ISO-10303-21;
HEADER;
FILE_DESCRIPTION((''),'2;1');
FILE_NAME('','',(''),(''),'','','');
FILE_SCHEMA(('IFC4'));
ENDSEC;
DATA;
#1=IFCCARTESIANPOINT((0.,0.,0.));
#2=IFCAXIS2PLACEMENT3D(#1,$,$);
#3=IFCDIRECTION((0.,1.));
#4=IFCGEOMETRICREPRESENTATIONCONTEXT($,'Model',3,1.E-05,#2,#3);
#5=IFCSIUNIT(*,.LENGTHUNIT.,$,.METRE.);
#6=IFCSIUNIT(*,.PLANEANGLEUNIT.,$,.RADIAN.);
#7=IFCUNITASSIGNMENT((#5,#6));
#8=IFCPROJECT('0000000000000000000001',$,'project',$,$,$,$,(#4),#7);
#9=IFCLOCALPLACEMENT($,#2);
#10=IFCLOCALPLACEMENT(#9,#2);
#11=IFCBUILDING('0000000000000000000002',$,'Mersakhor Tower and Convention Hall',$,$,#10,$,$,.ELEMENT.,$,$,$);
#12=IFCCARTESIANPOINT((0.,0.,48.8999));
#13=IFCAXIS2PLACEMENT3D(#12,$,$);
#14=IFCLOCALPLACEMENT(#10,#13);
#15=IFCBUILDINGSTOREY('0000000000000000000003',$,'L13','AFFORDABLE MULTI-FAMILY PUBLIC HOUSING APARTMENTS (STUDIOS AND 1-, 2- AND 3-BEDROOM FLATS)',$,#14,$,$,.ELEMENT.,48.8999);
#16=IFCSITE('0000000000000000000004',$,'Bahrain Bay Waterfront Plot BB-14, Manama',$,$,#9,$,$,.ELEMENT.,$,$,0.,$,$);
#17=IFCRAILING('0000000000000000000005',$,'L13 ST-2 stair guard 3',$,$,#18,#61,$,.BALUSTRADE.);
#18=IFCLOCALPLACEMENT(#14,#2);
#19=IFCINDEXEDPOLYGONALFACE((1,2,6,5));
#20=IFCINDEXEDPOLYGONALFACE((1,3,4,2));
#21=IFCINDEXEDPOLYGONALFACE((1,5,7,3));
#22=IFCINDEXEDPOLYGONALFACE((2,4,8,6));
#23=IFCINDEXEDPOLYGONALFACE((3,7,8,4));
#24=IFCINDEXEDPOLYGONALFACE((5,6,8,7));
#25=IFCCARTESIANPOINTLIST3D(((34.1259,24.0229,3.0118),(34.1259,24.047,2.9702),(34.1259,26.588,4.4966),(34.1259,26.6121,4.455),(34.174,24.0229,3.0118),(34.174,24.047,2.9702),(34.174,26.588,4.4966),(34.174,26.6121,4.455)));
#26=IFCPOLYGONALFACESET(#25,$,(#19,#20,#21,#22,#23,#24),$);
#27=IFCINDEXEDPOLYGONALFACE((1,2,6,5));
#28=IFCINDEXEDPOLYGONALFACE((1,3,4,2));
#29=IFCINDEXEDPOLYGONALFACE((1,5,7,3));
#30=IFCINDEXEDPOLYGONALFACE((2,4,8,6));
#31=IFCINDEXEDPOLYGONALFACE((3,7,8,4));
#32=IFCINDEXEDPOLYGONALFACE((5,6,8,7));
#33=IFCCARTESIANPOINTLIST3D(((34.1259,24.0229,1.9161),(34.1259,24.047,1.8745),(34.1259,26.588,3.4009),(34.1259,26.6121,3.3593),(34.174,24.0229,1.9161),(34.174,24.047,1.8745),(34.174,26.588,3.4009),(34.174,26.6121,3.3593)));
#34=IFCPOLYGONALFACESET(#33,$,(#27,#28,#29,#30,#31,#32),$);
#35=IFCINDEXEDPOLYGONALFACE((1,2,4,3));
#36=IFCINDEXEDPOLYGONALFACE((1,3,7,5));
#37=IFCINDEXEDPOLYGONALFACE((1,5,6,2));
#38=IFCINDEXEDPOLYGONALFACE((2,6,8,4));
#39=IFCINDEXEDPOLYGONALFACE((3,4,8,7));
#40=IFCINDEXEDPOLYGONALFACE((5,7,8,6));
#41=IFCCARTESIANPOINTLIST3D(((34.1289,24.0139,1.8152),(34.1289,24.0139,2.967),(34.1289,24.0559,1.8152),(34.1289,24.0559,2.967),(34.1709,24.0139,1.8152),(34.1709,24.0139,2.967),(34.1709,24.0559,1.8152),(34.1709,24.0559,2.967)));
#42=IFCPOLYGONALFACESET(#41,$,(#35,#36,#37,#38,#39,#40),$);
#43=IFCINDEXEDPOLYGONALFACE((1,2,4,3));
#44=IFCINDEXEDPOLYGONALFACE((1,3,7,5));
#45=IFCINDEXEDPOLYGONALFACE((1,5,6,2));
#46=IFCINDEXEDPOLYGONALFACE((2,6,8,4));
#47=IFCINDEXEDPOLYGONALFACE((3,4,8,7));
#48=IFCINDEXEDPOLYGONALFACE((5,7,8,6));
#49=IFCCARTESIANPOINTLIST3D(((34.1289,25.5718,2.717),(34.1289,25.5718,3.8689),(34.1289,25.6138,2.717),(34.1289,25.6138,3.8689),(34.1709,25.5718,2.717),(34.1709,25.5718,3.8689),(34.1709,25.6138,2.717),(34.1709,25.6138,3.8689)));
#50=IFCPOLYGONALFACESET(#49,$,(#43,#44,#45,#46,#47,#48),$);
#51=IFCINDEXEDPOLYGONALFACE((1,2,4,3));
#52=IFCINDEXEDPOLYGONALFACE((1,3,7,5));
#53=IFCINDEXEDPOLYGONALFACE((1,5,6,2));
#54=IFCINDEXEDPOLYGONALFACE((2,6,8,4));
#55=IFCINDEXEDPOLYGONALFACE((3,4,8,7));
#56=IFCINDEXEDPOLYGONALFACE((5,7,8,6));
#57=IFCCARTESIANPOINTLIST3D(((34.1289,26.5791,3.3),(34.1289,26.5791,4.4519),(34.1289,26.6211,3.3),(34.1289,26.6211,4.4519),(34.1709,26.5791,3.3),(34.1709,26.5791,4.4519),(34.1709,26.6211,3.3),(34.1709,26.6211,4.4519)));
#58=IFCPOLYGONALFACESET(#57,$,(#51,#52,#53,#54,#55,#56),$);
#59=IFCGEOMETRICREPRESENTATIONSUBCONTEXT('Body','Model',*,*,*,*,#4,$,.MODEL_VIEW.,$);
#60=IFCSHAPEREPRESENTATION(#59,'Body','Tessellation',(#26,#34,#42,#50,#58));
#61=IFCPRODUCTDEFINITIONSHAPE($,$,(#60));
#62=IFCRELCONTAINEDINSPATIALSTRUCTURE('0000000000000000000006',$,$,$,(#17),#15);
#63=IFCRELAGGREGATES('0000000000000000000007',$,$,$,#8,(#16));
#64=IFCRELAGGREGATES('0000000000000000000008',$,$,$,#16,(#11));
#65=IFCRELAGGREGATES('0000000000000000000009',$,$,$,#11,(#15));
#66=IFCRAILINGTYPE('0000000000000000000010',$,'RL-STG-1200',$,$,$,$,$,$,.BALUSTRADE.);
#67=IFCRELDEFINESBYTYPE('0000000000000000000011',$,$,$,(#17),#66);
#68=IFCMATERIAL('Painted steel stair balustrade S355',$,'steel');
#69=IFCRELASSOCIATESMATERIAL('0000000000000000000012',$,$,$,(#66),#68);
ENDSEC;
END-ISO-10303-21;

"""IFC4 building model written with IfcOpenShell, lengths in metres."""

from ifc_helpers import new_model, si_unit, direction, frame, origin, origin_2d, place, context, subcontext, project, spatial, rectangle, extrude, material, type_object, element, save


model = new_model("IFC4")

# Units and contexts
model_context = context("Model", 3, precision=1e-05, world=origin(), true_north=direction((0.0, 1.0)))
body_context = subcontext(model_context, "Body", "Model", "MODEL_VIEW")
ifc_project = project(units=[si_unit("LENGTHUNIT", "METRE"), si_unit("PLANEANGLEUNIT", "RADIAN")], contexts=[model_context])

# Site, building, storey
site_placement = place(None, origin())
site = spatial("IfcSite", under=ifc_project, at=site_placement, Name="Bahrain Bay Waterfront Plot BB-14, Manama", CompositionType="ELEMENT", RefElevation=0.0)
building_placement = place(site_placement, origin())
building = spatial("IfcBuilding", under=site, at=building_placement, Name="Mersakhor Tower and Convention Hall", CompositionType="ELEMENT")
storey_placement = place(building_placement, frame((0.0, 0.0, 48.8999)))
storey = spatial("IfcBuildingStorey", under=building, at=storey_placement, Name="L13", Description="AFFORDABLE MULTI-FAMILY PUBLIC HOUSING APARTMENTS (STUDIOS AND 1-, 2- AND 3-BEDROOM FLATS)", CompositionType="ELEMENT", Elevation=48.8999)

# Railing
ifc_material_1 = material(Name="Painted steel stair balustrade S355", Category="steel")
railing_type_1 = type_object("IfcRailingType", Name="RL-STG-1200", PredefinedType="BALUSTRADE", material=ifc_material_1)
railing_1_placement = place(storey_placement, frame((34.1499, 24.0349, 1.8152)))
element("IfcRailing", 1, at=railing_1_placement, inside=storey, type_object=railing_type_1, Name="L13 ST-2 stair guard 3", PredefinedType="BALUSTRADE", context=body_context, shape_type="SweptSolid", body=[
    extrude(rectangle(XDim=0.0481, YDim=0.0481, at=origin_2d()), frame((0.0, 0.0, 1.1758), z_axis=(0.0, 0.865462, 0.500975), x_axis=(-1.0, 0.0, 0.0)), (0.0, 0.0, 1.0), 2.9639),
    extrude(rectangle(XDim=0.0481, YDim=0.0481, at=origin_2d()), frame((0.0, 0.0, 0.0801), z_axis=(0.0, 0.865462, 0.500975), x_axis=(-1.0, 0.0, 0.0)), (0.0, 0.0, 1.0), 2.9639),
    extrude(rectangle(XDim=0.042, YDim=0.042, at=origin_2d()), origin(), (0.0, 0.0, 1.0), 1.1519),
    extrude(rectangle(XDim=0.042, YDim=0.042, at=origin_2d()), frame((0.0, 1.5579, 0.9019)), (0.0, 0.0, 1.0), 1.1519),
    extrude(rectangle(XDim=0.042, YDim=0.042, at=origin_2d()), frame((0.0, 2.5652, 1.4849)), (0.0, 0.0, 1.0), 1.1519),
])

save(model, "model.ifc")
